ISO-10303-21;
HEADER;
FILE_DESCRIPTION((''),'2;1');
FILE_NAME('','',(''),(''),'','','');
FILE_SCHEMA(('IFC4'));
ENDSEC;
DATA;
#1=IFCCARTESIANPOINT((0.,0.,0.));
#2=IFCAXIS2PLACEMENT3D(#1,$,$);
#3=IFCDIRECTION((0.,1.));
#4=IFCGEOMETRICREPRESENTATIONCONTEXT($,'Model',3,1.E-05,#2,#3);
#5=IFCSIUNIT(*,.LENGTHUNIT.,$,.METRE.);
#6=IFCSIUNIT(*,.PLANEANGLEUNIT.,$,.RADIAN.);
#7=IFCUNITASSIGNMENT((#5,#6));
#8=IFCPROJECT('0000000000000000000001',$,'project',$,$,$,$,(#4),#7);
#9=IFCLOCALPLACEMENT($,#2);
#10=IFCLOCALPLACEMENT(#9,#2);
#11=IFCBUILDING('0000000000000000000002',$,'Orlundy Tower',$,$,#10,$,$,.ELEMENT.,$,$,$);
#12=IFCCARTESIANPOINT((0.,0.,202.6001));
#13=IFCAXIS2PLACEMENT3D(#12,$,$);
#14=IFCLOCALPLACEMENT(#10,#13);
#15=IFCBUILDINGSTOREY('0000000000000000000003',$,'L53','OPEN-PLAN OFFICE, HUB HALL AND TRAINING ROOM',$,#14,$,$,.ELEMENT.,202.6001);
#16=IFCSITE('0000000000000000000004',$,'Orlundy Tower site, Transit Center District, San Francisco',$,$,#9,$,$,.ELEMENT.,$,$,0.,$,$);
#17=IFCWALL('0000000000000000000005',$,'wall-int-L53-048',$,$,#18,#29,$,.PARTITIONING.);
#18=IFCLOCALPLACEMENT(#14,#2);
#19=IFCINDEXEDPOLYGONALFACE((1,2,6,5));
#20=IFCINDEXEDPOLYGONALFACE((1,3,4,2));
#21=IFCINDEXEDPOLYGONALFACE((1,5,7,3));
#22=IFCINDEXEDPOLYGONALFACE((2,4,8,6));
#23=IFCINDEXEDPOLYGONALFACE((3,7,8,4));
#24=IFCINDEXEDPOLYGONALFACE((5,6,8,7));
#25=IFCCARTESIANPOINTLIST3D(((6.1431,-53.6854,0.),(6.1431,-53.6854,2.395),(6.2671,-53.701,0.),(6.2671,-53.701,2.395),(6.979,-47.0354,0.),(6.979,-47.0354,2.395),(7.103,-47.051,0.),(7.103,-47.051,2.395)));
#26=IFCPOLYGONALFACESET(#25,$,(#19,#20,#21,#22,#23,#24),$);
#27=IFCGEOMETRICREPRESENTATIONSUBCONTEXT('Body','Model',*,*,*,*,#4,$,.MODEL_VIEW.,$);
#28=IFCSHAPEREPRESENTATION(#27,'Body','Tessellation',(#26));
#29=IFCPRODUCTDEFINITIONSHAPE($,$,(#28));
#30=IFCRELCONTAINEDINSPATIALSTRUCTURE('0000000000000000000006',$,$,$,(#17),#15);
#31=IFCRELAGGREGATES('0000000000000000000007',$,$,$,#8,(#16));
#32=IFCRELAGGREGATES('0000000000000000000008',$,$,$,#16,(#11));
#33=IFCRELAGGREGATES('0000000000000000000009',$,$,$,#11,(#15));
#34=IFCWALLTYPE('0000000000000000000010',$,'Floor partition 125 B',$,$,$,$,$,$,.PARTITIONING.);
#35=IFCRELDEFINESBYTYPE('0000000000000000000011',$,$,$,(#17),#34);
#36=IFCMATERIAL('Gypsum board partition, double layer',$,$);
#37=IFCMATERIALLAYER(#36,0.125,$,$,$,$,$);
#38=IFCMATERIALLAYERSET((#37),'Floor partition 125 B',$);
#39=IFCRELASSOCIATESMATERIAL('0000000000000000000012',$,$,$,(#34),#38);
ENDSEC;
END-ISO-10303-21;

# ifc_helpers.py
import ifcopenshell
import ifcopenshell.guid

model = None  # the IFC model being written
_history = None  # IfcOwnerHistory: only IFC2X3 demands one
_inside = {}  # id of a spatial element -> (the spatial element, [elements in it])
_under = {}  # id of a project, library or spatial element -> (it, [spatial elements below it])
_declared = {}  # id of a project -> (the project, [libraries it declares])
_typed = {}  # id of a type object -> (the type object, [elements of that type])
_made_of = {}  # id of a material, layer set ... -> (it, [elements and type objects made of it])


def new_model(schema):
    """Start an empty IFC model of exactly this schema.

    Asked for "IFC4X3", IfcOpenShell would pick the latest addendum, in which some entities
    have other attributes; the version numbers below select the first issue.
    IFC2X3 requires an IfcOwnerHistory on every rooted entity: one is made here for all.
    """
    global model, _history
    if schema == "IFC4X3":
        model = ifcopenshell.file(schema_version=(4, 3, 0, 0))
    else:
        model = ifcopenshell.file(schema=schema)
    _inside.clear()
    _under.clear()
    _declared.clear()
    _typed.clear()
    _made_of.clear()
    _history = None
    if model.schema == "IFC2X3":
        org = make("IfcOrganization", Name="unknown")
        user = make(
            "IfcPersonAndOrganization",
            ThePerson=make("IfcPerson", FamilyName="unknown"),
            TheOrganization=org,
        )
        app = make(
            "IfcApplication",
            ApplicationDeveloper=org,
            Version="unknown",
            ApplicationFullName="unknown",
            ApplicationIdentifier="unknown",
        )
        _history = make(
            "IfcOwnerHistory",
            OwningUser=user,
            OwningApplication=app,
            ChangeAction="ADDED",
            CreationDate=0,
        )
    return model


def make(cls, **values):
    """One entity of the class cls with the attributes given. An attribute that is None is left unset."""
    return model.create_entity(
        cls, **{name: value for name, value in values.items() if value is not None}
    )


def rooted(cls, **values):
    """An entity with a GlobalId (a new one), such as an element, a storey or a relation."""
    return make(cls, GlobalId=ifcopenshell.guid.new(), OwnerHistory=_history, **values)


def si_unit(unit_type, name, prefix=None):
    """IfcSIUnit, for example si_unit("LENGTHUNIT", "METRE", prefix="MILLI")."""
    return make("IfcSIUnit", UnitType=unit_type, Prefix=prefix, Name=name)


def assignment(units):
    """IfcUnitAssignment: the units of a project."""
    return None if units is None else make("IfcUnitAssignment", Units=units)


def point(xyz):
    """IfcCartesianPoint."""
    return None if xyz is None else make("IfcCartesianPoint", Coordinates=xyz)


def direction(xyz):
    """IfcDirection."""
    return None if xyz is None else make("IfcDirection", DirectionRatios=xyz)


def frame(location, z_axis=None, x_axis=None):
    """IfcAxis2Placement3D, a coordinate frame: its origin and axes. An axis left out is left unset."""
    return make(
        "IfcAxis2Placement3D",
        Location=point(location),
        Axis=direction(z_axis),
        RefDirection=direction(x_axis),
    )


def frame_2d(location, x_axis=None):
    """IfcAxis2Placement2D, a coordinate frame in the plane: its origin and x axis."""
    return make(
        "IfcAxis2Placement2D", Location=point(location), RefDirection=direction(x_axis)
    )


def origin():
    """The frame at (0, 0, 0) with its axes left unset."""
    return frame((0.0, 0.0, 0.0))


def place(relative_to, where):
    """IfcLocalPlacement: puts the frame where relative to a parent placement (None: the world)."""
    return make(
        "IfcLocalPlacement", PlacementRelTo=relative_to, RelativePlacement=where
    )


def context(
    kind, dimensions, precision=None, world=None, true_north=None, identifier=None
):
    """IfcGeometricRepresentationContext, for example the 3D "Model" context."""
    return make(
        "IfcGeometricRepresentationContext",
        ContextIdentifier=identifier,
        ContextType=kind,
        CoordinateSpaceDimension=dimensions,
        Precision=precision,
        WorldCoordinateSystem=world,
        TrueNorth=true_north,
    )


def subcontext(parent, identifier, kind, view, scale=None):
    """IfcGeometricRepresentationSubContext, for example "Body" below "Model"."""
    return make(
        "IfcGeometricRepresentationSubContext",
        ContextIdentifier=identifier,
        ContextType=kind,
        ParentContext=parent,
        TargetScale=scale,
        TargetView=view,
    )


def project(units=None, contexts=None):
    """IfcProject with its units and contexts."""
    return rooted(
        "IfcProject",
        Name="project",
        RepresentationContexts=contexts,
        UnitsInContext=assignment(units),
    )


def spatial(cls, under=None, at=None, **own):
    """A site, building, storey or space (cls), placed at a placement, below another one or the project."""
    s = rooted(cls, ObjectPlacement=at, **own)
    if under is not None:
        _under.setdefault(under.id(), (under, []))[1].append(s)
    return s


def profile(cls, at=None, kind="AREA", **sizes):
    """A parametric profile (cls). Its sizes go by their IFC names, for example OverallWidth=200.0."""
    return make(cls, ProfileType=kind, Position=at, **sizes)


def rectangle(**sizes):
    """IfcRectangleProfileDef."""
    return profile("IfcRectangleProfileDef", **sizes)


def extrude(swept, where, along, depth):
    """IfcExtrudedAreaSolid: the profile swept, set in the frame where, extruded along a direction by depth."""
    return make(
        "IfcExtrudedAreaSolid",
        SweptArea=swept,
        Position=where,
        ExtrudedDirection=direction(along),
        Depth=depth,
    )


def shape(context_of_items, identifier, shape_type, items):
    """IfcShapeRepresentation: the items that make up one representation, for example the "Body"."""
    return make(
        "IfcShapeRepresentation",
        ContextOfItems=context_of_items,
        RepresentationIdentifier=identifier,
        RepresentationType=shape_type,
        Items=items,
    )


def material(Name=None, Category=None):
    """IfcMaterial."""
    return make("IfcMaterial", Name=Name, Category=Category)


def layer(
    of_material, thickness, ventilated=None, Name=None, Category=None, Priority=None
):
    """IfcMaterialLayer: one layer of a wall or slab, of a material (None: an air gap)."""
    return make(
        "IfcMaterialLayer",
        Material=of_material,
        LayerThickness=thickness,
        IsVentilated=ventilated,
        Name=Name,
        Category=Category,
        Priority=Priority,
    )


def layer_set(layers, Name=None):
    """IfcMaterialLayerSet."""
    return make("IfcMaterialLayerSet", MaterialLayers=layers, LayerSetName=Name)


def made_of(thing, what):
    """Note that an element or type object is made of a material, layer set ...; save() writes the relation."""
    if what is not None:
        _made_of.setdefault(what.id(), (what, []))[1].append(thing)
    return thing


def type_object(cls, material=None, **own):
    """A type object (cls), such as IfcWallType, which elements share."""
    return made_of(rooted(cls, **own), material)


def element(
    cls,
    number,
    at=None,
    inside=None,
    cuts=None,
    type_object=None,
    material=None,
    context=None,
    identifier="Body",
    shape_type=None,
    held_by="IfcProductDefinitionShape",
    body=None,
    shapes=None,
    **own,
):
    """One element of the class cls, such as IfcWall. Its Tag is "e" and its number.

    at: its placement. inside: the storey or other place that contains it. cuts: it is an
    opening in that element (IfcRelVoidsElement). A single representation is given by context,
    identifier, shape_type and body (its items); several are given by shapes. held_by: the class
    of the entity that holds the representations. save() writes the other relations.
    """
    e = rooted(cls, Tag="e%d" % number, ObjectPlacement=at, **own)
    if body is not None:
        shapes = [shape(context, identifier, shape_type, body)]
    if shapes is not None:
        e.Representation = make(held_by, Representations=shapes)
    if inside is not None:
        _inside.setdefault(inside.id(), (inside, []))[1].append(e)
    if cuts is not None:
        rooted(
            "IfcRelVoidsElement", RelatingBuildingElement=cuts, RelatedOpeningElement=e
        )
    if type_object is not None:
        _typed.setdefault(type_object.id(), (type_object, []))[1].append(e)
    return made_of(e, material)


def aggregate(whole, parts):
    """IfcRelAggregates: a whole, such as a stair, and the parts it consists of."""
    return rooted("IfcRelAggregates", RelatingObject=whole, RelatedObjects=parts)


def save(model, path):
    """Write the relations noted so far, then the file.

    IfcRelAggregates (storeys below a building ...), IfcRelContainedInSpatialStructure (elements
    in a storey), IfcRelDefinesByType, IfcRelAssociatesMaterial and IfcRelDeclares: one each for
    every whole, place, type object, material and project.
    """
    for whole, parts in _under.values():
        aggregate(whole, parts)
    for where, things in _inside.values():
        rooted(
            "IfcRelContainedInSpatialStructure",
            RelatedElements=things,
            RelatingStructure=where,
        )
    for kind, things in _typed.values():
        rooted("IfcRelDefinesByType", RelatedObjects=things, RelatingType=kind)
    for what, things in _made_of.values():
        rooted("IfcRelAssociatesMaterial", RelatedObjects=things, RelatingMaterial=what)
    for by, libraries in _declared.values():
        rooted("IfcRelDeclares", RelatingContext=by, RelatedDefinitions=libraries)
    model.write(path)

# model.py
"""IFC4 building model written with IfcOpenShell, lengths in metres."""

from ifc_helpers import new_model, si_unit, direction, frame, frame_2d, origin, place, context, subcontext, project, spatial, rectangle, extrude, material, layer, layer_set, type_object, element, save


model = new_model("IFC4")

# Units and contexts
model_context = context("Model", 3, precision=1e-05, world=origin(), true_north=direction((0.0, 1.0)))
body_context = subcontext(model_context, "Body", "Model", "MODEL_VIEW")
ifc_project = project(units=[si_unit("LENGTHUNIT", "METRE"), si_unit("PLANEANGLEUNIT", "RADIAN")], contexts=[model_context])

# Site, building, storey
site_placement = place(None, origin())
site = spatial("IfcSite", under=ifc_project, at=site_placement, Name="Orlundy Tower site, Transit Center District, San Francisco", CompositionType="ELEMENT", RefElevation=0.0)
building_placement = place(site_placement, origin())
building = spatial("IfcBuilding", under=site, at=building_placement, Name="Orlundy Tower", CompositionType="ELEMENT")
storey_placement = place(building_placement, frame((0.0, 0.0, 202.6001)))
storey = spatial("IfcBuildingStorey", under=building, at=storey_placement, Name="L53", Description="OPEN-PLAN OFFICE, HUB HALL AND TRAINING ROOM", CompositionType="ELEMENT", Elevation=202.6001)

# Shared definitions
ifc_material_1 = material(Name="Gypsum board partition, double layer")
ifc_layer_1 = layer(ifc_material_1, 0.125)
ifc_layer_set_1 = layer_set([ifc_layer_1], Name="Floor partition 125 B")
wall_type_1 = type_object("IfcWallType", Name="Floor partition 125 B", PredefinedType="PARTITIONING", material=ifc_layer_set_1)

# Wall
wall_1_placement = place(storey_placement, frame((6.2051, -53.6931, 0.0), z_axis=(0.0, 0.0, 1.0), x_axis=(0.124721, 0.992192, 0.0)))
element("IfcWall", 1, at=wall_1_placement, inside=storey, type_object=wall_type_1, Name="wall-int-L53-048", PredefinedType="PARTITIONING", context=body_context, shape_type="SweptSolid", body=[
    extrude(rectangle(XDim=6.7024, YDim=0.125, at=frame_2d((3.3511, 0.0))), origin(), (0.0, 0.0, 1.0), 2.395),
])

save(model, "model.ifc")
